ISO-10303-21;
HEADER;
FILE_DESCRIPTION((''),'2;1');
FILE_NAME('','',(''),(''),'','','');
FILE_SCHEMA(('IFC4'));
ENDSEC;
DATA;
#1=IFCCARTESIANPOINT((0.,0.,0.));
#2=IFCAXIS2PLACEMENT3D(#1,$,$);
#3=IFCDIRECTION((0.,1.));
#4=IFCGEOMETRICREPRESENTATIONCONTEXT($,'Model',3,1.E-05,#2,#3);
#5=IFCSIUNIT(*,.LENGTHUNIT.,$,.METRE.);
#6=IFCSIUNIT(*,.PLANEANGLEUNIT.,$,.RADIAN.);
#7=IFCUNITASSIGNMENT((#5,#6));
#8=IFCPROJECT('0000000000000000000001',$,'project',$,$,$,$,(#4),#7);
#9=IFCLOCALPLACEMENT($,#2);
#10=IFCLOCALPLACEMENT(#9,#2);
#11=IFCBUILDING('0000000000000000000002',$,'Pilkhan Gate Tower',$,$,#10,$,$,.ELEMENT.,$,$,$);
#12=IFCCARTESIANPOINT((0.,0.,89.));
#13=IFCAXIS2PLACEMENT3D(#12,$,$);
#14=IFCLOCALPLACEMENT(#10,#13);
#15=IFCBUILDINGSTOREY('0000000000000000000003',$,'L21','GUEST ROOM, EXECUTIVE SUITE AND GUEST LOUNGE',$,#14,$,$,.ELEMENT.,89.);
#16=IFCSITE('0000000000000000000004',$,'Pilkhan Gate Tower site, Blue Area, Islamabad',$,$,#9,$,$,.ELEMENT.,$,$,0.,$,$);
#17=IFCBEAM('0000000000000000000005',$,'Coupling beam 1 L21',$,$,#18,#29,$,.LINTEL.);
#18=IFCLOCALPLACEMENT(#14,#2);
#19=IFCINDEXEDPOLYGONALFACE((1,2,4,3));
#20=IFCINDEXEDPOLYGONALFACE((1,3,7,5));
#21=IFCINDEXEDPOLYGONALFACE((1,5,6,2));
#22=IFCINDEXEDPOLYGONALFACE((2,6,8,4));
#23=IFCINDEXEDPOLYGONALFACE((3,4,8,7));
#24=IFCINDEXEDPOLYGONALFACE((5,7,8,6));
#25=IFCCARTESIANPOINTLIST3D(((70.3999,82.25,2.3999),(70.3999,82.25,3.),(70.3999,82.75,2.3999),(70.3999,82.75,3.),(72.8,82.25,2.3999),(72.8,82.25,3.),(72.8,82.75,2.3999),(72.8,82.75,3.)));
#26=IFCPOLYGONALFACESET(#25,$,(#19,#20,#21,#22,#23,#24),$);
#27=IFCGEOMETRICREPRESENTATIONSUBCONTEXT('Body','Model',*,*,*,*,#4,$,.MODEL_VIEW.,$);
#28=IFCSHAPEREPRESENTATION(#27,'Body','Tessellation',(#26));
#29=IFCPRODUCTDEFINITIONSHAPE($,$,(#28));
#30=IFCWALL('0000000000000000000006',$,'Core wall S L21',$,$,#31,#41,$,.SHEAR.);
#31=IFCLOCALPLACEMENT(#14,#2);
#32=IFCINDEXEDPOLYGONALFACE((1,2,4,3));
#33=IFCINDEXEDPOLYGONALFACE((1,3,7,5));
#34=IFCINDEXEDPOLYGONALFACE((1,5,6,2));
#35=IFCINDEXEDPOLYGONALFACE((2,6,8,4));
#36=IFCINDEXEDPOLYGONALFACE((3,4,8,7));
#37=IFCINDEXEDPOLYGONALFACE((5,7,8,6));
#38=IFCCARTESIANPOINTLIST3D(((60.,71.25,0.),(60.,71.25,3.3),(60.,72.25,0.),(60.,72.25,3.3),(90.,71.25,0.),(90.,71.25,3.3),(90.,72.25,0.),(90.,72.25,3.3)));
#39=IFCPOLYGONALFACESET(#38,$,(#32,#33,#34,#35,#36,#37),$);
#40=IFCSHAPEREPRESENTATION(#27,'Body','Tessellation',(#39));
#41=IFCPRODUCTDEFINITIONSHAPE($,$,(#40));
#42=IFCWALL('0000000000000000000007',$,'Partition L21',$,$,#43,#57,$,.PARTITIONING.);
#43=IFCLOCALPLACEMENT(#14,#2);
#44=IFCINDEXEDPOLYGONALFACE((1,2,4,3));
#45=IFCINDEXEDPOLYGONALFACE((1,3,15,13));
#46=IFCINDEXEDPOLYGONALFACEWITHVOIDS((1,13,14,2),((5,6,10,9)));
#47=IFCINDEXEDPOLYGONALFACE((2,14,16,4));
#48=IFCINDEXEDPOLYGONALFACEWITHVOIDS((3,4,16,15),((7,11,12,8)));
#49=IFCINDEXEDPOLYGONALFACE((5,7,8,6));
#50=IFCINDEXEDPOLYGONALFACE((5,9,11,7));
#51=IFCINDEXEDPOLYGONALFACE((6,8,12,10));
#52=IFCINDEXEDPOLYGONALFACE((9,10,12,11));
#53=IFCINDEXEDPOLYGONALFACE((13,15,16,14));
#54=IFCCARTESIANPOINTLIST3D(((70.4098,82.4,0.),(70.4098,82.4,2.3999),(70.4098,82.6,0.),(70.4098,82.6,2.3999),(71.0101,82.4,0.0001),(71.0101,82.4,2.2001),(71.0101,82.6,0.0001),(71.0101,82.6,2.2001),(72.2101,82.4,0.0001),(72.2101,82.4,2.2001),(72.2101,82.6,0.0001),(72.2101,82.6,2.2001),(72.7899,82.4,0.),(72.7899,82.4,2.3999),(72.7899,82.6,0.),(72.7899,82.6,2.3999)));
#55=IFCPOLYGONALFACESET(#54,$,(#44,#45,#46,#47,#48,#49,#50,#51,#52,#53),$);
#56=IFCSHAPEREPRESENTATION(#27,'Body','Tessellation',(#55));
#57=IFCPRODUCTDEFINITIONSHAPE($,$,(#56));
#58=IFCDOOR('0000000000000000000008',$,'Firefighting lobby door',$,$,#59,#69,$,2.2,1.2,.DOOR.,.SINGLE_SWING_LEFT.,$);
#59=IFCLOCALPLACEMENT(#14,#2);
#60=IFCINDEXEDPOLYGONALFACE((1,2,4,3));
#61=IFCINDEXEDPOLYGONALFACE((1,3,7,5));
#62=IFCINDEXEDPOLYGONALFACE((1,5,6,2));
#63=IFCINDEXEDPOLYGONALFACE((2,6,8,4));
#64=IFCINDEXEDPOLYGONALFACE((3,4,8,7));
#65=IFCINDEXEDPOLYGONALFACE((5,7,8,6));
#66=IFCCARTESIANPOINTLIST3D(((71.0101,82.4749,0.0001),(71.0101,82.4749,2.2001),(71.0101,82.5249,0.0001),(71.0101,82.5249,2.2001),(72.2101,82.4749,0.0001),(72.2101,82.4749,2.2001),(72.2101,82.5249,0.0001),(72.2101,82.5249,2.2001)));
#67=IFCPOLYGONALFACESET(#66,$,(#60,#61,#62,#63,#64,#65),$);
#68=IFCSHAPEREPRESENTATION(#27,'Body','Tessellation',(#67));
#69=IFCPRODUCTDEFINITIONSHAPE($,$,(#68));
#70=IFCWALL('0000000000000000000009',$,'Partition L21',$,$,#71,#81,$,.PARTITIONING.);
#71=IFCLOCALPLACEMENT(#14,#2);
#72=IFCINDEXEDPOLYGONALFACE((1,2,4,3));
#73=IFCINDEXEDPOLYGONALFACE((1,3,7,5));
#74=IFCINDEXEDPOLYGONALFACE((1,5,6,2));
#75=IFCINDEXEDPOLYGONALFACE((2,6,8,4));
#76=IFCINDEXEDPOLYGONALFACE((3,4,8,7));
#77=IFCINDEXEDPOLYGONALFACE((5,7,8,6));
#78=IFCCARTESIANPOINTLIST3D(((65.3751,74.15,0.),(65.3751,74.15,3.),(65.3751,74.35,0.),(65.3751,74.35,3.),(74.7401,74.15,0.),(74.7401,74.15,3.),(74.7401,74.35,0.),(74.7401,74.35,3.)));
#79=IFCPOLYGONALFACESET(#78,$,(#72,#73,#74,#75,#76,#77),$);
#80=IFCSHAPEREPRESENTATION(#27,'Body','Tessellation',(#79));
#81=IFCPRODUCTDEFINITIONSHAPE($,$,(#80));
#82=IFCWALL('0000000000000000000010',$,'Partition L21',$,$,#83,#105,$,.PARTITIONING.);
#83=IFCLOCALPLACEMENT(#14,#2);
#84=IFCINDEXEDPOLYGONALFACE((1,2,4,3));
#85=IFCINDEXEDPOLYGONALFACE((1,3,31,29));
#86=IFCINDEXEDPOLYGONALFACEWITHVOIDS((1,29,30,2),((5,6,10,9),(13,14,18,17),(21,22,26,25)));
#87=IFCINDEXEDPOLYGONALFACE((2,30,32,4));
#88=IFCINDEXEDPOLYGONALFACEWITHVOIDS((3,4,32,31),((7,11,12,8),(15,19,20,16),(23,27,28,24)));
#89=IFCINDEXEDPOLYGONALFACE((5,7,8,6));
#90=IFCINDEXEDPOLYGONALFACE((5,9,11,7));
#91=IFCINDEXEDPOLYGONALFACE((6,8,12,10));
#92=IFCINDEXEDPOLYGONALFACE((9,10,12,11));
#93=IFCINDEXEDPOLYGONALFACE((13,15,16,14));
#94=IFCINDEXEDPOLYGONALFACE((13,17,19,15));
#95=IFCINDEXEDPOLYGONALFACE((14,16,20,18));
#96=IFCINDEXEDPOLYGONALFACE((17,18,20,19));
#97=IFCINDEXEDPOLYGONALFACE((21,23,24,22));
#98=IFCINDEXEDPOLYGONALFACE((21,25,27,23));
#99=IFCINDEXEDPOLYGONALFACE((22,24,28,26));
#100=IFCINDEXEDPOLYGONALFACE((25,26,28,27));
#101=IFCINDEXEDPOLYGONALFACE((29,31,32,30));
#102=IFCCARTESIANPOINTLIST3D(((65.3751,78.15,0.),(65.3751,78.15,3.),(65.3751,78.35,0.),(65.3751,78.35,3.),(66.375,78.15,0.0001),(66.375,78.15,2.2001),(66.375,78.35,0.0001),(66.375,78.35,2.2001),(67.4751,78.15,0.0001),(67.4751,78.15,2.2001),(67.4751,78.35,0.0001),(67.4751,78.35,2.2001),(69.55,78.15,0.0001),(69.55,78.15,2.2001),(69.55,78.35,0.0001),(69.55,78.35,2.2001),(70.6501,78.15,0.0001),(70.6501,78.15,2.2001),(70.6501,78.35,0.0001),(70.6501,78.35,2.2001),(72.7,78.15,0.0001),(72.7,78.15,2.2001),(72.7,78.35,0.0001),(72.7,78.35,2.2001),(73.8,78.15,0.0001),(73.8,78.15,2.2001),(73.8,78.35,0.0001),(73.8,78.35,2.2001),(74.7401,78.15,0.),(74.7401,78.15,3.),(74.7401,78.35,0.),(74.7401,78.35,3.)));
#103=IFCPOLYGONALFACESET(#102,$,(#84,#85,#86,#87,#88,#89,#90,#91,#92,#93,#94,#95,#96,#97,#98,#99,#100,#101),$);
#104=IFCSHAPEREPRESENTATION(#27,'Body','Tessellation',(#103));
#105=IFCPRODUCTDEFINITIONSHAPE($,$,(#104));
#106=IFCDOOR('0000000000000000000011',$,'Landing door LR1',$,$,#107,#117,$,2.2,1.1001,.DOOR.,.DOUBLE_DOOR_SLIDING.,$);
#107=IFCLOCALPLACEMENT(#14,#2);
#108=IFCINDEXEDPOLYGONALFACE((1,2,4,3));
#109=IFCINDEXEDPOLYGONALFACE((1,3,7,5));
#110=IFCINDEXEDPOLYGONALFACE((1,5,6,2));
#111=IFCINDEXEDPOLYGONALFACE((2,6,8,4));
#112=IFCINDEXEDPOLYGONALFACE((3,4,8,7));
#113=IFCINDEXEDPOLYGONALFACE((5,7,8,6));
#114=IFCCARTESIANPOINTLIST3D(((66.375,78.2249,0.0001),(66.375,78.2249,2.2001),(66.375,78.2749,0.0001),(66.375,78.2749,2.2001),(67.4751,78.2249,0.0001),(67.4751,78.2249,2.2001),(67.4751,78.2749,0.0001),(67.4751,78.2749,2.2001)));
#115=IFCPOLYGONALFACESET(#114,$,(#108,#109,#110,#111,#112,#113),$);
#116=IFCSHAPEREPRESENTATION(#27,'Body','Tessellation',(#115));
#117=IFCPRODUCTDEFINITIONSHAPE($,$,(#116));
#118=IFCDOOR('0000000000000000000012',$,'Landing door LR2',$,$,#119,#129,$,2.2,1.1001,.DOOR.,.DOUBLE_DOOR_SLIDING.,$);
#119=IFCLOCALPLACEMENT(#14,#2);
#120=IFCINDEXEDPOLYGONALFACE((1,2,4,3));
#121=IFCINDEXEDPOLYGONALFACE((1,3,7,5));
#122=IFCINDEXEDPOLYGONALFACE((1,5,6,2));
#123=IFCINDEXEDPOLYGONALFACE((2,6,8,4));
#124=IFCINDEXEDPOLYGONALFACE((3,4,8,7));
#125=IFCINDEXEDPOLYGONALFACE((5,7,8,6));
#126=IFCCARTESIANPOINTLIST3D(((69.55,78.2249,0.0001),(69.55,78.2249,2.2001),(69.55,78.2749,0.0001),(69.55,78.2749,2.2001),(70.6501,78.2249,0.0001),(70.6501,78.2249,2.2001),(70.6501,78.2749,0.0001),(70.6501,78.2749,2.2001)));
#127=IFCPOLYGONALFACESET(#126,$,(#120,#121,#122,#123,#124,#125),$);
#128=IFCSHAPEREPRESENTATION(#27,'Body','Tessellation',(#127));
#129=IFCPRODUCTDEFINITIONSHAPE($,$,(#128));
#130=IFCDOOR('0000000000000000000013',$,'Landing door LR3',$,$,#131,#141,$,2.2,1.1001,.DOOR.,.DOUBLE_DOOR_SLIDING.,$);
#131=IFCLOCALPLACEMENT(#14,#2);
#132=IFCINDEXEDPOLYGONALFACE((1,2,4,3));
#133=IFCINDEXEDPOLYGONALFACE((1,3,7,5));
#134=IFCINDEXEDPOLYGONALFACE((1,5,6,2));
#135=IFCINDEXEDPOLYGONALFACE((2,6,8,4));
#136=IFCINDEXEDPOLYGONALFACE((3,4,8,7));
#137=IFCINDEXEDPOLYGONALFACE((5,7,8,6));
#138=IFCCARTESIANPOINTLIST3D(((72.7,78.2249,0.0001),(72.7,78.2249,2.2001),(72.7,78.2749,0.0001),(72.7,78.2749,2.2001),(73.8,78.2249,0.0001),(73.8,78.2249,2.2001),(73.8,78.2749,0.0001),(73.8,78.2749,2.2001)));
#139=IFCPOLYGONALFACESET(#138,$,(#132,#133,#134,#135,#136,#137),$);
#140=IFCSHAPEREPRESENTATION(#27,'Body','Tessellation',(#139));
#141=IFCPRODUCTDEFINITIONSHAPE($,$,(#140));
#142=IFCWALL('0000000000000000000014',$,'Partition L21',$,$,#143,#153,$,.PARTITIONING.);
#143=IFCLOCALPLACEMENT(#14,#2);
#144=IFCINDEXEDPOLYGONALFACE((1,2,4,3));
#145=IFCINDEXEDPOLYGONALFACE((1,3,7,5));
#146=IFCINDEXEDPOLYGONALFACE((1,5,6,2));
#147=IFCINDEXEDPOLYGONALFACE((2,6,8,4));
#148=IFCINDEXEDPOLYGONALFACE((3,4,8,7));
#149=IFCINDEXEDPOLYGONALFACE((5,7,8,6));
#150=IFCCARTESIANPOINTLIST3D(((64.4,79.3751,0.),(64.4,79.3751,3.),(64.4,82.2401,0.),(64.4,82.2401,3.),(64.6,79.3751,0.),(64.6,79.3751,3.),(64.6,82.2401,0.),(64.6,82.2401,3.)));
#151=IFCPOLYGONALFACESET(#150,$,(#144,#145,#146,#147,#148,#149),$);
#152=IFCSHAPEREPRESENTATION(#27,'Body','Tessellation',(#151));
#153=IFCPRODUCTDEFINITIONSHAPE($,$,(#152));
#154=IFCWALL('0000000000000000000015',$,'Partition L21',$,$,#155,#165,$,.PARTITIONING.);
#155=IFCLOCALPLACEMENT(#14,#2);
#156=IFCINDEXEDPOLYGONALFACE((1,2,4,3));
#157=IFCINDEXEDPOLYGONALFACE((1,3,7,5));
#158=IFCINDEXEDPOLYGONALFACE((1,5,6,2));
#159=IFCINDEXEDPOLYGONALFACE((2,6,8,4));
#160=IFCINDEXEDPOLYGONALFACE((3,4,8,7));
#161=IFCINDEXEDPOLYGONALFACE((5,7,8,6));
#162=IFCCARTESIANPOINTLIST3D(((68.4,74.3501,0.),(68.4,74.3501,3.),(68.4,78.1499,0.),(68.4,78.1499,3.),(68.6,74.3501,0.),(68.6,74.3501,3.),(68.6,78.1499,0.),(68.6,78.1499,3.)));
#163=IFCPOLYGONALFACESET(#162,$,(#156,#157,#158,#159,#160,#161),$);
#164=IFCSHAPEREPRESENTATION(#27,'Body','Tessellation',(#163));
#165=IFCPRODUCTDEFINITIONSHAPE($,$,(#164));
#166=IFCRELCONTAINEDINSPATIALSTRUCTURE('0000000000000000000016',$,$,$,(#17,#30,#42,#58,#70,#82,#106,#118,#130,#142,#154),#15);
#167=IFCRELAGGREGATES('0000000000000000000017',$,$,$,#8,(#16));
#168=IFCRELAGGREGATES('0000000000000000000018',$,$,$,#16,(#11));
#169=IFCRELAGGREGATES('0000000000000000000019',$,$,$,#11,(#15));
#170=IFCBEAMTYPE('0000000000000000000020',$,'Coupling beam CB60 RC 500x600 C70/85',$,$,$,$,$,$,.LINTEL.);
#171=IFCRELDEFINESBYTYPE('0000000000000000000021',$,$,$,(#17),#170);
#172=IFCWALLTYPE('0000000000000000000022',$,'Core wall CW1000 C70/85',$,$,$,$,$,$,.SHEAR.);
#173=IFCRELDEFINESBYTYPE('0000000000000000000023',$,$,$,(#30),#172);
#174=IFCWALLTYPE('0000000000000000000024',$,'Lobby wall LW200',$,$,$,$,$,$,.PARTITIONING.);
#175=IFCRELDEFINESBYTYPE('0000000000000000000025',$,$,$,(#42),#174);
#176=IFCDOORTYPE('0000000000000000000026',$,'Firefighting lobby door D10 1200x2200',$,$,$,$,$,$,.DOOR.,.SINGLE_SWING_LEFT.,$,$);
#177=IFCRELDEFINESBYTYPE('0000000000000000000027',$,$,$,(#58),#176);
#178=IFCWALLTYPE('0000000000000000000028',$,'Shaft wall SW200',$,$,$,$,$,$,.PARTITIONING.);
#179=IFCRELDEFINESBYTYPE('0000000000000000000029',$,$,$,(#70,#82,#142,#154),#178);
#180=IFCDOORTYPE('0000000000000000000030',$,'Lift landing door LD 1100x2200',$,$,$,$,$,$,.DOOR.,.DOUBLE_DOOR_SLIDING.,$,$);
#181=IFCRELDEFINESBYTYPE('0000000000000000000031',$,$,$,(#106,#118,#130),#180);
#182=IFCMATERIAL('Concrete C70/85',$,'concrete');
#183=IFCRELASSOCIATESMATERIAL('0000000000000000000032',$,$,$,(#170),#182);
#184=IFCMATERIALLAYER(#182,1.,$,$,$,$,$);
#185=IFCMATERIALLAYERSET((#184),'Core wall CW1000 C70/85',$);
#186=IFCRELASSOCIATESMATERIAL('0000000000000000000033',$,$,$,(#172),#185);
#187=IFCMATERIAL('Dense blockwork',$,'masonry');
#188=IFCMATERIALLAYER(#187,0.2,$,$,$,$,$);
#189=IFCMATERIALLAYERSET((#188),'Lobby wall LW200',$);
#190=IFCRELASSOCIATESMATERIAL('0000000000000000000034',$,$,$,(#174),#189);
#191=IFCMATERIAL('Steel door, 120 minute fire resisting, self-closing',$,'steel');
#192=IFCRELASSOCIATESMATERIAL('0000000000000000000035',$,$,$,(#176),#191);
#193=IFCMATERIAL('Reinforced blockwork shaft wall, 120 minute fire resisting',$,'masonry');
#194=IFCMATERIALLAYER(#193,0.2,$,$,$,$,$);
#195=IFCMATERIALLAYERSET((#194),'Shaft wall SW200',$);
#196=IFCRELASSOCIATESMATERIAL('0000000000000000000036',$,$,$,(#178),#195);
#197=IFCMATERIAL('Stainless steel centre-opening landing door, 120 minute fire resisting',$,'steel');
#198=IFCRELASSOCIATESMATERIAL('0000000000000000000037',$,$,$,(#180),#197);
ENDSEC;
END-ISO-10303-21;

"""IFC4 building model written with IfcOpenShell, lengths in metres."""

from ifc_helpers import new_model, si_unit, direction, frame, frame_2d, origin, origin_2d, place, context, subcontext, project, spatial, rectangle, extrude, material, layer, layer_set, material_profile, profile_set, type_object, element, fill, save


model = new_model("IFC4")

# Units and contexts
model_context = context("Model", 3, precision=1e-05, world=origin(), true_north=direction((0.0, 1.0)))
body_context = subcontext(model_context, "Body", "Model", "MODEL_VIEW")
ifc_project = project(units=[si_unit("LENGTHUNIT", "METRE"), si_unit("PLANEANGLEUNIT", "RADIAN")], contexts=[model_context])

# Site, building, storey
site_placement = place(None, origin())
site = spatial("IfcSite", under=ifc_project, at=site_placement, Name="Pilkhan Gate Tower site, Blue Area, Islamabad", CompositionType="ELEMENT", RefElevation=0.0)
building_placement = place(site_placement, origin())
building = spatial("IfcBuilding", under=site, at=building_placement, Name="Pilkhan Gate Tower", CompositionType="ELEMENT")
storey_placement = place(building_placement, frame((0.0, 0.0, 89.0)))
storey = spatial("IfcBuildingStorey", under=building, at=storey_placement, Name="L21", Description="GUEST ROOM, EXECUTIVE SUITE AND GUEST LOUNGE", CompositionType="ELEMENT", Elevation=89.0)

# Beam
ifc_material_1 = material(Name="Concrete C70/85", Category="concrete")
ifc_material_profile = material_profile(ifc_material_1, rectangle(XDim=0.5, YDim=0.6001, at=origin_2d()), Name="RC 500x600")
ifc_profile_set = profile_set([ifc_material_profile], Name="Concrete C70/85")
beam_type = type_object("IfcBeamType", Name="Coupling beam CB60 RC 500x600 C70/85", PredefinedType="LINTEL", material=ifc_profile_set)
beam_placement = place(storey_placement, frame((70.3999, 82.5, 2.7), z_axis=(1.0, 0.0, 0.0), x_axis=(0.0, 1.0, 0.0)))
element("IfcBeam", 1, at=beam_placement, inside=storey, type_object=beam_type, Name="Coupling beam 1 L21", PredefinedType="LINTEL", context=body_context, shape_type="SweptSolid", body=[
    extrude(rectangle(XDim=0.5, YDim=0.6001, at=origin_2d()), origin(), (0.0, 0.0, 1.0), 2.4001),
])

# Wall
ifc_layer_1 = layer(ifc_material_1, 1.0)
ifc_layer_set_1 = layer_set([ifc_layer_1], Name="Core wall CW1000 C70/85")
wall_type_1 = type_object("IfcWallType", Name="Core wall CW1000 C70/85", PredefinedType="SHEAR", material=ifc_layer_set_1)
wall_1_placement = place(storey_placement, frame((60.0, 71.75, 0.0), z_axis=(0.0, 0.0, 1.0), x_axis=(1.0, 0.0, 0.0)))
element("IfcWall", 2, at=wall_1_placement, inside=storey, type_object=wall_type_1, Name="Core wall S L21", PredefinedType="SHEAR", context=body_context, shape_type="SweptSolid", body=[
    extrude(rectangle(XDim=30.0, YDim=1.0, at=frame_2d((15.0, 0.0))), origin(), (0.0, 0.0, 1.0), 3.3),
])

# Wall, opening, door
ifc_material_2 = material(Name="Dense blockwork", Category="masonry")
ifc_layer_2 = layer(ifc_material_2, 0.2)
ifc_layer_set_2 = layer_set([ifc_layer_2], Name="Lobby wall LW200")
wall_type_2 = type_object("IfcWallType", Name="Lobby wall LW200", PredefinedType="PARTITIONING", material=ifc_layer_set_2)
wall_2_placement = place(storey_placement, frame((70.4099, 82.5, 0.0), z_axis=(0.0, 0.0, 1.0), x_axis=(1.0, 0.0, 0.0)))
wall_2 = element("IfcWall", 3, at=wall_2_placement, inside=storey, type_object=wall_type_2, Name="Partition L21", PredefinedType="PARTITIONING", context=body_context, shape_type="SweptSolid", body=[
    extrude(rectangle(XDim=2.3801, YDim=0.2, at=frame_2d((1.1899, 0.0))), origin(), (0.0, 0.0, 1.0), 2.3999),
])
opening_1_placement = place(wall_2_placement, frame((0.6001, 0.0, 0.0)))
opening_1 = element("IfcOpeningElement", 4, at=opening_1_placement, cuts=wall_2, PredefinedType="OPENING", context=body_context, shape_type="SweptSolid", body=[
    extrude(rectangle(XDim=1.2, YDim=2.2, at=frame_2d((0.6001, 1.1001))), frame((0.0, 0.1099, 0.0), z_axis=(0.0, -1.0, 0.0), x_axis=(1.0, 0.0, 0.0)), (0.0, 0.0, 1.0), 0.22),
])
ifc_material_3 = material(Name="Steel door, 120 minute fire resisting, self-closing", Category="steel")
door_type_1 = type_object("IfcDoorType", Name="Firefighting lobby door D10 1200x2200", OperationType="SINGLE_SWING_LEFT", PredefinedType="DOOR", material=ifc_material_3)
door_1_placement = place(opening_1_placement, origin())
door_1 = element("IfcDoor", 5, at=door_1_placement, inside=storey, type_object=door_type_1, Name="Firefighting lobby door", OperationType="SINGLE_SWING_LEFT", OverallHeight=2.2, OverallWidth=1.2, PredefinedType="DOOR", context=body_context, shape_type="SweptSolid", body=[
    extrude(rectangle(XDim=1.2, YDim=2.2, at=frame_2d((0.6001, 1.1001))), frame((0.0, 0.0249, 0.0), z_axis=(0.0, -1.0, 0.0), x_axis=(1.0, 0.0, 0.0)), (0.0, 0.0, 1.0), 0.05),
])
fill(opening_1, door_1)

# Wall
ifc_material_4 = material(Name="Reinforced blockwork shaft wall, 120 minute fire resisting", Category="masonry")
ifc_layer_3 = layer(ifc_material_4, 0.2)
ifc_layer_set_3 = layer_set([ifc_layer_3], Name="Shaft wall SW200")
wall_type_3 = type_object("IfcWallType", Name="Shaft wall SW200", PredefinedType="PARTITIONING", material=ifc_layer_set_3)
wall_3_placement = place(storey_placement, frame((65.375, 74.25, 0.0), z_axis=(0.0, 0.0, 1.0), x_axis=(1.0, 0.0, 0.0)))
element("IfcWall", 6, at=wall_3_placement, inside=storey, type_object=wall_type_3, Name="Partition L21", PredefinedType="PARTITIONING", context=body_context, shape_type="SweptSolid", body=[
    extrude(rectangle(XDim=9.365, YDim=0.2, at=frame_2d((4.6826, 0.0))), origin(), (0.0, 0.0, 1.0), 3.0),
])

# Wall, openings, doors
wall_4_placement = place(storey_placement, frame((65.375, 78.25, 0.0), z_axis=(0.0, 0.0, 1.0), x_axis=(1.0, 0.0, 0.0)))
wall_4 = element("IfcWall", 7, at=wall_4_placement, inside=storey, type_object=wall_type_3, Name="Partition L21", PredefinedType="PARTITIONING", context=body_context, shape_type="SweptSolid", body=[
    extrude(rectangle(XDim=9.365, YDim=0.2, at=frame_2d((4.6826, 0.0))), origin(), (0.0, 0.0, 1.0), 3.0),
])
opening_2_placement = place(wall_4_placement, frame((1.0, 0.0, 0.0)))
opening_2 = element("IfcOpeningElement", 8, at=opening_2_placement, cuts=wall_4, PredefinedType="OPENING", context=body_context, shape_type="SweptSolid", body=[
    extrude(rectangle(XDim=1.1001, YDim=2.2, at=frame_2d((0.55, 1.1001))), frame((0.0, 0.1099, 0.0), z_axis=(0.0, -1.0, 0.0), x_axis=(1.0, 0.0, 0.0)), (0.0, 0.0, 1.0), 0.22),
])
opening_3_placement = place(wall_4_placement, frame((4.175, 0.0, 0.0)))
opening_3 = element("IfcOpeningElement", 9, at=opening_3_placement, cuts=wall_4, PredefinedType="OPENING", context=body_context, shape_type="SweptSolid", body=[
    extrude(rectangle(XDim=1.1001, YDim=2.2, at=frame_2d((0.55, 1.1001))), frame((0.0, 0.1099, 0.0), z_axis=(0.0, -1.0, 0.0), x_axis=(1.0, 0.0, 0.0)), (0.0, 0.0, 1.0), 0.22),
])
opening_4_placement = place(wall_4_placement, frame((7.325, 0.0, 0.0)))
opening_4 = element("IfcOpeningElement", 10, at=opening_4_placement, cuts=wall_4, PredefinedType="OPENING", context=body_context, shape_type="SweptSolid", body=[
    extrude(rectangle(XDim=1.1001, YDim=2.2, at=frame_2d((0.55, 1.1001))), frame((0.0, 0.1099, 0.0), z_axis=(0.0, -1.0, 0.0), x_axis=(1.0, 0.0, 0.0)), (0.0, 0.0, 1.0), 0.22),
])
ifc_material_5 = material(Name="Stainless steel centre-opening landing door, 120 minute fire resisting", Category="steel")
door_type_2 = type_object("IfcDoorType", Name="Lift landing door LD 1100x2200", OperationType="DOUBLE_DOOR_SLIDING", PredefinedType="DOOR", material=ifc_material_5)
door_2_placement = place(opening_2_placement, origin())
door_2 = element("IfcDoor", 11, at=door_2_placement, inside=storey, type_object=door_type_2, Name="Landing door LR1", OperationType="DOUBLE_DOOR_SLIDING", OverallHeight=2.2, OverallWidth=1.1001, PredefinedType="DOOR", context=body_context, shape_type="SweptSolid", body=[
    extrude(rectangle(XDim=1.1001, YDim=2.2, at=frame_2d((0.55, 1.1001))), frame((0.0, 0.0249, 0.0), z_axis=(0.0, -1.0, 0.0), x_axis=(1.0, 0.0, 0.0)), (0.0, 0.0, 1.0), 0.05),
])
fill(opening_2, door_2)
door_3_placement = place(opening_3_placement, origin())
door_3 = element("IfcDoor", 12, at=door_3_placement, inside=storey, type_object=door_type_2, Name="Landing door LR2", OperationType="DOUBLE_DOOR_SLIDING", OverallHeight=2.2, OverallWidth=1.1001, PredefinedType="DOOR", context=body_context, shape_type="SweptSolid", body=[
    extrude(rectangle(XDim=1.1001, YDim=2.2, at=frame_2d((0.55, 1.1001))), frame((0.0, 0.0249, 0.0), z_axis=(0.0, -1.0, 0.0), x_axis=(1.0, 0.0, 0.0)), (0.0, 0.0, 1.0), 0.05),
])
fill(opening_3, door_3)
door_4_placement = place(opening_4_placement, origin())
door_4 = element("IfcDoor", 13, at=door_4_placement, inside=storey, type_object=door_type_2, Name="Landing door LR3", OperationType="DOUBLE_DOOR_SLIDING", OverallHeight=2.2, OverallWidth=1.1001, PredefinedType="DOOR", context=body_context, shape_type="SweptSolid", body=[
    extrude(rectangle(XDim=1.1001, YDim=2.2, at=frame_2d((0.55, 1.1001))), frame((0.0, 0.0249, 0.0), z_axis=(0.0, -1.0, 0.0), x_axis=(1.0, 0.0, 0.0)), (0.0, 0.0, 1.0), 0.05),
])
fill(opening_4, door_4)

# Walls
wall_5_placement = place(storey_placement, frame((64.5, 79.375, 0.0), z_axis=(0.0, 0.0, 1.0), x_axis=(0.0, 1.0, 0.0)))
element("IfcWall", 14, at=wall_5_placement, inside=storey, type_object=wall_type_3, Name="Partition L21", PredefinedType="PARTITIONING", context=body_context, shape_type="SweptSolid", body=[
    extrude(rectangle(XDim=2.865, YDim=0.2, at=frame_2d((1.4326, 0.0))), origin(), (0.0, 0.0, 1.0), 3.0),
])
wall_6_placement = place(storey_placement, frame((68.5, 74.3501, 0.0), z_axis=(0.0, 0.0, 1.0), x_axis=(0.0, 1.0, 0.0)))
element("IfcWall", 15, at=wall_6_placement, inside=storey, type_object=wall_type_3, Name="Partition L21", PredefinedType="PARTITIONING", context=body_context, shape_type="SweptSolid", body=[
    extrude(rectangle(XDim=3.7998, YDim=0.2, at=frame_2d((1.8999, 0.0))), origin(), (0.0, 0.0, 1.0), 3.0),
])

save(model, "model.ifc")
